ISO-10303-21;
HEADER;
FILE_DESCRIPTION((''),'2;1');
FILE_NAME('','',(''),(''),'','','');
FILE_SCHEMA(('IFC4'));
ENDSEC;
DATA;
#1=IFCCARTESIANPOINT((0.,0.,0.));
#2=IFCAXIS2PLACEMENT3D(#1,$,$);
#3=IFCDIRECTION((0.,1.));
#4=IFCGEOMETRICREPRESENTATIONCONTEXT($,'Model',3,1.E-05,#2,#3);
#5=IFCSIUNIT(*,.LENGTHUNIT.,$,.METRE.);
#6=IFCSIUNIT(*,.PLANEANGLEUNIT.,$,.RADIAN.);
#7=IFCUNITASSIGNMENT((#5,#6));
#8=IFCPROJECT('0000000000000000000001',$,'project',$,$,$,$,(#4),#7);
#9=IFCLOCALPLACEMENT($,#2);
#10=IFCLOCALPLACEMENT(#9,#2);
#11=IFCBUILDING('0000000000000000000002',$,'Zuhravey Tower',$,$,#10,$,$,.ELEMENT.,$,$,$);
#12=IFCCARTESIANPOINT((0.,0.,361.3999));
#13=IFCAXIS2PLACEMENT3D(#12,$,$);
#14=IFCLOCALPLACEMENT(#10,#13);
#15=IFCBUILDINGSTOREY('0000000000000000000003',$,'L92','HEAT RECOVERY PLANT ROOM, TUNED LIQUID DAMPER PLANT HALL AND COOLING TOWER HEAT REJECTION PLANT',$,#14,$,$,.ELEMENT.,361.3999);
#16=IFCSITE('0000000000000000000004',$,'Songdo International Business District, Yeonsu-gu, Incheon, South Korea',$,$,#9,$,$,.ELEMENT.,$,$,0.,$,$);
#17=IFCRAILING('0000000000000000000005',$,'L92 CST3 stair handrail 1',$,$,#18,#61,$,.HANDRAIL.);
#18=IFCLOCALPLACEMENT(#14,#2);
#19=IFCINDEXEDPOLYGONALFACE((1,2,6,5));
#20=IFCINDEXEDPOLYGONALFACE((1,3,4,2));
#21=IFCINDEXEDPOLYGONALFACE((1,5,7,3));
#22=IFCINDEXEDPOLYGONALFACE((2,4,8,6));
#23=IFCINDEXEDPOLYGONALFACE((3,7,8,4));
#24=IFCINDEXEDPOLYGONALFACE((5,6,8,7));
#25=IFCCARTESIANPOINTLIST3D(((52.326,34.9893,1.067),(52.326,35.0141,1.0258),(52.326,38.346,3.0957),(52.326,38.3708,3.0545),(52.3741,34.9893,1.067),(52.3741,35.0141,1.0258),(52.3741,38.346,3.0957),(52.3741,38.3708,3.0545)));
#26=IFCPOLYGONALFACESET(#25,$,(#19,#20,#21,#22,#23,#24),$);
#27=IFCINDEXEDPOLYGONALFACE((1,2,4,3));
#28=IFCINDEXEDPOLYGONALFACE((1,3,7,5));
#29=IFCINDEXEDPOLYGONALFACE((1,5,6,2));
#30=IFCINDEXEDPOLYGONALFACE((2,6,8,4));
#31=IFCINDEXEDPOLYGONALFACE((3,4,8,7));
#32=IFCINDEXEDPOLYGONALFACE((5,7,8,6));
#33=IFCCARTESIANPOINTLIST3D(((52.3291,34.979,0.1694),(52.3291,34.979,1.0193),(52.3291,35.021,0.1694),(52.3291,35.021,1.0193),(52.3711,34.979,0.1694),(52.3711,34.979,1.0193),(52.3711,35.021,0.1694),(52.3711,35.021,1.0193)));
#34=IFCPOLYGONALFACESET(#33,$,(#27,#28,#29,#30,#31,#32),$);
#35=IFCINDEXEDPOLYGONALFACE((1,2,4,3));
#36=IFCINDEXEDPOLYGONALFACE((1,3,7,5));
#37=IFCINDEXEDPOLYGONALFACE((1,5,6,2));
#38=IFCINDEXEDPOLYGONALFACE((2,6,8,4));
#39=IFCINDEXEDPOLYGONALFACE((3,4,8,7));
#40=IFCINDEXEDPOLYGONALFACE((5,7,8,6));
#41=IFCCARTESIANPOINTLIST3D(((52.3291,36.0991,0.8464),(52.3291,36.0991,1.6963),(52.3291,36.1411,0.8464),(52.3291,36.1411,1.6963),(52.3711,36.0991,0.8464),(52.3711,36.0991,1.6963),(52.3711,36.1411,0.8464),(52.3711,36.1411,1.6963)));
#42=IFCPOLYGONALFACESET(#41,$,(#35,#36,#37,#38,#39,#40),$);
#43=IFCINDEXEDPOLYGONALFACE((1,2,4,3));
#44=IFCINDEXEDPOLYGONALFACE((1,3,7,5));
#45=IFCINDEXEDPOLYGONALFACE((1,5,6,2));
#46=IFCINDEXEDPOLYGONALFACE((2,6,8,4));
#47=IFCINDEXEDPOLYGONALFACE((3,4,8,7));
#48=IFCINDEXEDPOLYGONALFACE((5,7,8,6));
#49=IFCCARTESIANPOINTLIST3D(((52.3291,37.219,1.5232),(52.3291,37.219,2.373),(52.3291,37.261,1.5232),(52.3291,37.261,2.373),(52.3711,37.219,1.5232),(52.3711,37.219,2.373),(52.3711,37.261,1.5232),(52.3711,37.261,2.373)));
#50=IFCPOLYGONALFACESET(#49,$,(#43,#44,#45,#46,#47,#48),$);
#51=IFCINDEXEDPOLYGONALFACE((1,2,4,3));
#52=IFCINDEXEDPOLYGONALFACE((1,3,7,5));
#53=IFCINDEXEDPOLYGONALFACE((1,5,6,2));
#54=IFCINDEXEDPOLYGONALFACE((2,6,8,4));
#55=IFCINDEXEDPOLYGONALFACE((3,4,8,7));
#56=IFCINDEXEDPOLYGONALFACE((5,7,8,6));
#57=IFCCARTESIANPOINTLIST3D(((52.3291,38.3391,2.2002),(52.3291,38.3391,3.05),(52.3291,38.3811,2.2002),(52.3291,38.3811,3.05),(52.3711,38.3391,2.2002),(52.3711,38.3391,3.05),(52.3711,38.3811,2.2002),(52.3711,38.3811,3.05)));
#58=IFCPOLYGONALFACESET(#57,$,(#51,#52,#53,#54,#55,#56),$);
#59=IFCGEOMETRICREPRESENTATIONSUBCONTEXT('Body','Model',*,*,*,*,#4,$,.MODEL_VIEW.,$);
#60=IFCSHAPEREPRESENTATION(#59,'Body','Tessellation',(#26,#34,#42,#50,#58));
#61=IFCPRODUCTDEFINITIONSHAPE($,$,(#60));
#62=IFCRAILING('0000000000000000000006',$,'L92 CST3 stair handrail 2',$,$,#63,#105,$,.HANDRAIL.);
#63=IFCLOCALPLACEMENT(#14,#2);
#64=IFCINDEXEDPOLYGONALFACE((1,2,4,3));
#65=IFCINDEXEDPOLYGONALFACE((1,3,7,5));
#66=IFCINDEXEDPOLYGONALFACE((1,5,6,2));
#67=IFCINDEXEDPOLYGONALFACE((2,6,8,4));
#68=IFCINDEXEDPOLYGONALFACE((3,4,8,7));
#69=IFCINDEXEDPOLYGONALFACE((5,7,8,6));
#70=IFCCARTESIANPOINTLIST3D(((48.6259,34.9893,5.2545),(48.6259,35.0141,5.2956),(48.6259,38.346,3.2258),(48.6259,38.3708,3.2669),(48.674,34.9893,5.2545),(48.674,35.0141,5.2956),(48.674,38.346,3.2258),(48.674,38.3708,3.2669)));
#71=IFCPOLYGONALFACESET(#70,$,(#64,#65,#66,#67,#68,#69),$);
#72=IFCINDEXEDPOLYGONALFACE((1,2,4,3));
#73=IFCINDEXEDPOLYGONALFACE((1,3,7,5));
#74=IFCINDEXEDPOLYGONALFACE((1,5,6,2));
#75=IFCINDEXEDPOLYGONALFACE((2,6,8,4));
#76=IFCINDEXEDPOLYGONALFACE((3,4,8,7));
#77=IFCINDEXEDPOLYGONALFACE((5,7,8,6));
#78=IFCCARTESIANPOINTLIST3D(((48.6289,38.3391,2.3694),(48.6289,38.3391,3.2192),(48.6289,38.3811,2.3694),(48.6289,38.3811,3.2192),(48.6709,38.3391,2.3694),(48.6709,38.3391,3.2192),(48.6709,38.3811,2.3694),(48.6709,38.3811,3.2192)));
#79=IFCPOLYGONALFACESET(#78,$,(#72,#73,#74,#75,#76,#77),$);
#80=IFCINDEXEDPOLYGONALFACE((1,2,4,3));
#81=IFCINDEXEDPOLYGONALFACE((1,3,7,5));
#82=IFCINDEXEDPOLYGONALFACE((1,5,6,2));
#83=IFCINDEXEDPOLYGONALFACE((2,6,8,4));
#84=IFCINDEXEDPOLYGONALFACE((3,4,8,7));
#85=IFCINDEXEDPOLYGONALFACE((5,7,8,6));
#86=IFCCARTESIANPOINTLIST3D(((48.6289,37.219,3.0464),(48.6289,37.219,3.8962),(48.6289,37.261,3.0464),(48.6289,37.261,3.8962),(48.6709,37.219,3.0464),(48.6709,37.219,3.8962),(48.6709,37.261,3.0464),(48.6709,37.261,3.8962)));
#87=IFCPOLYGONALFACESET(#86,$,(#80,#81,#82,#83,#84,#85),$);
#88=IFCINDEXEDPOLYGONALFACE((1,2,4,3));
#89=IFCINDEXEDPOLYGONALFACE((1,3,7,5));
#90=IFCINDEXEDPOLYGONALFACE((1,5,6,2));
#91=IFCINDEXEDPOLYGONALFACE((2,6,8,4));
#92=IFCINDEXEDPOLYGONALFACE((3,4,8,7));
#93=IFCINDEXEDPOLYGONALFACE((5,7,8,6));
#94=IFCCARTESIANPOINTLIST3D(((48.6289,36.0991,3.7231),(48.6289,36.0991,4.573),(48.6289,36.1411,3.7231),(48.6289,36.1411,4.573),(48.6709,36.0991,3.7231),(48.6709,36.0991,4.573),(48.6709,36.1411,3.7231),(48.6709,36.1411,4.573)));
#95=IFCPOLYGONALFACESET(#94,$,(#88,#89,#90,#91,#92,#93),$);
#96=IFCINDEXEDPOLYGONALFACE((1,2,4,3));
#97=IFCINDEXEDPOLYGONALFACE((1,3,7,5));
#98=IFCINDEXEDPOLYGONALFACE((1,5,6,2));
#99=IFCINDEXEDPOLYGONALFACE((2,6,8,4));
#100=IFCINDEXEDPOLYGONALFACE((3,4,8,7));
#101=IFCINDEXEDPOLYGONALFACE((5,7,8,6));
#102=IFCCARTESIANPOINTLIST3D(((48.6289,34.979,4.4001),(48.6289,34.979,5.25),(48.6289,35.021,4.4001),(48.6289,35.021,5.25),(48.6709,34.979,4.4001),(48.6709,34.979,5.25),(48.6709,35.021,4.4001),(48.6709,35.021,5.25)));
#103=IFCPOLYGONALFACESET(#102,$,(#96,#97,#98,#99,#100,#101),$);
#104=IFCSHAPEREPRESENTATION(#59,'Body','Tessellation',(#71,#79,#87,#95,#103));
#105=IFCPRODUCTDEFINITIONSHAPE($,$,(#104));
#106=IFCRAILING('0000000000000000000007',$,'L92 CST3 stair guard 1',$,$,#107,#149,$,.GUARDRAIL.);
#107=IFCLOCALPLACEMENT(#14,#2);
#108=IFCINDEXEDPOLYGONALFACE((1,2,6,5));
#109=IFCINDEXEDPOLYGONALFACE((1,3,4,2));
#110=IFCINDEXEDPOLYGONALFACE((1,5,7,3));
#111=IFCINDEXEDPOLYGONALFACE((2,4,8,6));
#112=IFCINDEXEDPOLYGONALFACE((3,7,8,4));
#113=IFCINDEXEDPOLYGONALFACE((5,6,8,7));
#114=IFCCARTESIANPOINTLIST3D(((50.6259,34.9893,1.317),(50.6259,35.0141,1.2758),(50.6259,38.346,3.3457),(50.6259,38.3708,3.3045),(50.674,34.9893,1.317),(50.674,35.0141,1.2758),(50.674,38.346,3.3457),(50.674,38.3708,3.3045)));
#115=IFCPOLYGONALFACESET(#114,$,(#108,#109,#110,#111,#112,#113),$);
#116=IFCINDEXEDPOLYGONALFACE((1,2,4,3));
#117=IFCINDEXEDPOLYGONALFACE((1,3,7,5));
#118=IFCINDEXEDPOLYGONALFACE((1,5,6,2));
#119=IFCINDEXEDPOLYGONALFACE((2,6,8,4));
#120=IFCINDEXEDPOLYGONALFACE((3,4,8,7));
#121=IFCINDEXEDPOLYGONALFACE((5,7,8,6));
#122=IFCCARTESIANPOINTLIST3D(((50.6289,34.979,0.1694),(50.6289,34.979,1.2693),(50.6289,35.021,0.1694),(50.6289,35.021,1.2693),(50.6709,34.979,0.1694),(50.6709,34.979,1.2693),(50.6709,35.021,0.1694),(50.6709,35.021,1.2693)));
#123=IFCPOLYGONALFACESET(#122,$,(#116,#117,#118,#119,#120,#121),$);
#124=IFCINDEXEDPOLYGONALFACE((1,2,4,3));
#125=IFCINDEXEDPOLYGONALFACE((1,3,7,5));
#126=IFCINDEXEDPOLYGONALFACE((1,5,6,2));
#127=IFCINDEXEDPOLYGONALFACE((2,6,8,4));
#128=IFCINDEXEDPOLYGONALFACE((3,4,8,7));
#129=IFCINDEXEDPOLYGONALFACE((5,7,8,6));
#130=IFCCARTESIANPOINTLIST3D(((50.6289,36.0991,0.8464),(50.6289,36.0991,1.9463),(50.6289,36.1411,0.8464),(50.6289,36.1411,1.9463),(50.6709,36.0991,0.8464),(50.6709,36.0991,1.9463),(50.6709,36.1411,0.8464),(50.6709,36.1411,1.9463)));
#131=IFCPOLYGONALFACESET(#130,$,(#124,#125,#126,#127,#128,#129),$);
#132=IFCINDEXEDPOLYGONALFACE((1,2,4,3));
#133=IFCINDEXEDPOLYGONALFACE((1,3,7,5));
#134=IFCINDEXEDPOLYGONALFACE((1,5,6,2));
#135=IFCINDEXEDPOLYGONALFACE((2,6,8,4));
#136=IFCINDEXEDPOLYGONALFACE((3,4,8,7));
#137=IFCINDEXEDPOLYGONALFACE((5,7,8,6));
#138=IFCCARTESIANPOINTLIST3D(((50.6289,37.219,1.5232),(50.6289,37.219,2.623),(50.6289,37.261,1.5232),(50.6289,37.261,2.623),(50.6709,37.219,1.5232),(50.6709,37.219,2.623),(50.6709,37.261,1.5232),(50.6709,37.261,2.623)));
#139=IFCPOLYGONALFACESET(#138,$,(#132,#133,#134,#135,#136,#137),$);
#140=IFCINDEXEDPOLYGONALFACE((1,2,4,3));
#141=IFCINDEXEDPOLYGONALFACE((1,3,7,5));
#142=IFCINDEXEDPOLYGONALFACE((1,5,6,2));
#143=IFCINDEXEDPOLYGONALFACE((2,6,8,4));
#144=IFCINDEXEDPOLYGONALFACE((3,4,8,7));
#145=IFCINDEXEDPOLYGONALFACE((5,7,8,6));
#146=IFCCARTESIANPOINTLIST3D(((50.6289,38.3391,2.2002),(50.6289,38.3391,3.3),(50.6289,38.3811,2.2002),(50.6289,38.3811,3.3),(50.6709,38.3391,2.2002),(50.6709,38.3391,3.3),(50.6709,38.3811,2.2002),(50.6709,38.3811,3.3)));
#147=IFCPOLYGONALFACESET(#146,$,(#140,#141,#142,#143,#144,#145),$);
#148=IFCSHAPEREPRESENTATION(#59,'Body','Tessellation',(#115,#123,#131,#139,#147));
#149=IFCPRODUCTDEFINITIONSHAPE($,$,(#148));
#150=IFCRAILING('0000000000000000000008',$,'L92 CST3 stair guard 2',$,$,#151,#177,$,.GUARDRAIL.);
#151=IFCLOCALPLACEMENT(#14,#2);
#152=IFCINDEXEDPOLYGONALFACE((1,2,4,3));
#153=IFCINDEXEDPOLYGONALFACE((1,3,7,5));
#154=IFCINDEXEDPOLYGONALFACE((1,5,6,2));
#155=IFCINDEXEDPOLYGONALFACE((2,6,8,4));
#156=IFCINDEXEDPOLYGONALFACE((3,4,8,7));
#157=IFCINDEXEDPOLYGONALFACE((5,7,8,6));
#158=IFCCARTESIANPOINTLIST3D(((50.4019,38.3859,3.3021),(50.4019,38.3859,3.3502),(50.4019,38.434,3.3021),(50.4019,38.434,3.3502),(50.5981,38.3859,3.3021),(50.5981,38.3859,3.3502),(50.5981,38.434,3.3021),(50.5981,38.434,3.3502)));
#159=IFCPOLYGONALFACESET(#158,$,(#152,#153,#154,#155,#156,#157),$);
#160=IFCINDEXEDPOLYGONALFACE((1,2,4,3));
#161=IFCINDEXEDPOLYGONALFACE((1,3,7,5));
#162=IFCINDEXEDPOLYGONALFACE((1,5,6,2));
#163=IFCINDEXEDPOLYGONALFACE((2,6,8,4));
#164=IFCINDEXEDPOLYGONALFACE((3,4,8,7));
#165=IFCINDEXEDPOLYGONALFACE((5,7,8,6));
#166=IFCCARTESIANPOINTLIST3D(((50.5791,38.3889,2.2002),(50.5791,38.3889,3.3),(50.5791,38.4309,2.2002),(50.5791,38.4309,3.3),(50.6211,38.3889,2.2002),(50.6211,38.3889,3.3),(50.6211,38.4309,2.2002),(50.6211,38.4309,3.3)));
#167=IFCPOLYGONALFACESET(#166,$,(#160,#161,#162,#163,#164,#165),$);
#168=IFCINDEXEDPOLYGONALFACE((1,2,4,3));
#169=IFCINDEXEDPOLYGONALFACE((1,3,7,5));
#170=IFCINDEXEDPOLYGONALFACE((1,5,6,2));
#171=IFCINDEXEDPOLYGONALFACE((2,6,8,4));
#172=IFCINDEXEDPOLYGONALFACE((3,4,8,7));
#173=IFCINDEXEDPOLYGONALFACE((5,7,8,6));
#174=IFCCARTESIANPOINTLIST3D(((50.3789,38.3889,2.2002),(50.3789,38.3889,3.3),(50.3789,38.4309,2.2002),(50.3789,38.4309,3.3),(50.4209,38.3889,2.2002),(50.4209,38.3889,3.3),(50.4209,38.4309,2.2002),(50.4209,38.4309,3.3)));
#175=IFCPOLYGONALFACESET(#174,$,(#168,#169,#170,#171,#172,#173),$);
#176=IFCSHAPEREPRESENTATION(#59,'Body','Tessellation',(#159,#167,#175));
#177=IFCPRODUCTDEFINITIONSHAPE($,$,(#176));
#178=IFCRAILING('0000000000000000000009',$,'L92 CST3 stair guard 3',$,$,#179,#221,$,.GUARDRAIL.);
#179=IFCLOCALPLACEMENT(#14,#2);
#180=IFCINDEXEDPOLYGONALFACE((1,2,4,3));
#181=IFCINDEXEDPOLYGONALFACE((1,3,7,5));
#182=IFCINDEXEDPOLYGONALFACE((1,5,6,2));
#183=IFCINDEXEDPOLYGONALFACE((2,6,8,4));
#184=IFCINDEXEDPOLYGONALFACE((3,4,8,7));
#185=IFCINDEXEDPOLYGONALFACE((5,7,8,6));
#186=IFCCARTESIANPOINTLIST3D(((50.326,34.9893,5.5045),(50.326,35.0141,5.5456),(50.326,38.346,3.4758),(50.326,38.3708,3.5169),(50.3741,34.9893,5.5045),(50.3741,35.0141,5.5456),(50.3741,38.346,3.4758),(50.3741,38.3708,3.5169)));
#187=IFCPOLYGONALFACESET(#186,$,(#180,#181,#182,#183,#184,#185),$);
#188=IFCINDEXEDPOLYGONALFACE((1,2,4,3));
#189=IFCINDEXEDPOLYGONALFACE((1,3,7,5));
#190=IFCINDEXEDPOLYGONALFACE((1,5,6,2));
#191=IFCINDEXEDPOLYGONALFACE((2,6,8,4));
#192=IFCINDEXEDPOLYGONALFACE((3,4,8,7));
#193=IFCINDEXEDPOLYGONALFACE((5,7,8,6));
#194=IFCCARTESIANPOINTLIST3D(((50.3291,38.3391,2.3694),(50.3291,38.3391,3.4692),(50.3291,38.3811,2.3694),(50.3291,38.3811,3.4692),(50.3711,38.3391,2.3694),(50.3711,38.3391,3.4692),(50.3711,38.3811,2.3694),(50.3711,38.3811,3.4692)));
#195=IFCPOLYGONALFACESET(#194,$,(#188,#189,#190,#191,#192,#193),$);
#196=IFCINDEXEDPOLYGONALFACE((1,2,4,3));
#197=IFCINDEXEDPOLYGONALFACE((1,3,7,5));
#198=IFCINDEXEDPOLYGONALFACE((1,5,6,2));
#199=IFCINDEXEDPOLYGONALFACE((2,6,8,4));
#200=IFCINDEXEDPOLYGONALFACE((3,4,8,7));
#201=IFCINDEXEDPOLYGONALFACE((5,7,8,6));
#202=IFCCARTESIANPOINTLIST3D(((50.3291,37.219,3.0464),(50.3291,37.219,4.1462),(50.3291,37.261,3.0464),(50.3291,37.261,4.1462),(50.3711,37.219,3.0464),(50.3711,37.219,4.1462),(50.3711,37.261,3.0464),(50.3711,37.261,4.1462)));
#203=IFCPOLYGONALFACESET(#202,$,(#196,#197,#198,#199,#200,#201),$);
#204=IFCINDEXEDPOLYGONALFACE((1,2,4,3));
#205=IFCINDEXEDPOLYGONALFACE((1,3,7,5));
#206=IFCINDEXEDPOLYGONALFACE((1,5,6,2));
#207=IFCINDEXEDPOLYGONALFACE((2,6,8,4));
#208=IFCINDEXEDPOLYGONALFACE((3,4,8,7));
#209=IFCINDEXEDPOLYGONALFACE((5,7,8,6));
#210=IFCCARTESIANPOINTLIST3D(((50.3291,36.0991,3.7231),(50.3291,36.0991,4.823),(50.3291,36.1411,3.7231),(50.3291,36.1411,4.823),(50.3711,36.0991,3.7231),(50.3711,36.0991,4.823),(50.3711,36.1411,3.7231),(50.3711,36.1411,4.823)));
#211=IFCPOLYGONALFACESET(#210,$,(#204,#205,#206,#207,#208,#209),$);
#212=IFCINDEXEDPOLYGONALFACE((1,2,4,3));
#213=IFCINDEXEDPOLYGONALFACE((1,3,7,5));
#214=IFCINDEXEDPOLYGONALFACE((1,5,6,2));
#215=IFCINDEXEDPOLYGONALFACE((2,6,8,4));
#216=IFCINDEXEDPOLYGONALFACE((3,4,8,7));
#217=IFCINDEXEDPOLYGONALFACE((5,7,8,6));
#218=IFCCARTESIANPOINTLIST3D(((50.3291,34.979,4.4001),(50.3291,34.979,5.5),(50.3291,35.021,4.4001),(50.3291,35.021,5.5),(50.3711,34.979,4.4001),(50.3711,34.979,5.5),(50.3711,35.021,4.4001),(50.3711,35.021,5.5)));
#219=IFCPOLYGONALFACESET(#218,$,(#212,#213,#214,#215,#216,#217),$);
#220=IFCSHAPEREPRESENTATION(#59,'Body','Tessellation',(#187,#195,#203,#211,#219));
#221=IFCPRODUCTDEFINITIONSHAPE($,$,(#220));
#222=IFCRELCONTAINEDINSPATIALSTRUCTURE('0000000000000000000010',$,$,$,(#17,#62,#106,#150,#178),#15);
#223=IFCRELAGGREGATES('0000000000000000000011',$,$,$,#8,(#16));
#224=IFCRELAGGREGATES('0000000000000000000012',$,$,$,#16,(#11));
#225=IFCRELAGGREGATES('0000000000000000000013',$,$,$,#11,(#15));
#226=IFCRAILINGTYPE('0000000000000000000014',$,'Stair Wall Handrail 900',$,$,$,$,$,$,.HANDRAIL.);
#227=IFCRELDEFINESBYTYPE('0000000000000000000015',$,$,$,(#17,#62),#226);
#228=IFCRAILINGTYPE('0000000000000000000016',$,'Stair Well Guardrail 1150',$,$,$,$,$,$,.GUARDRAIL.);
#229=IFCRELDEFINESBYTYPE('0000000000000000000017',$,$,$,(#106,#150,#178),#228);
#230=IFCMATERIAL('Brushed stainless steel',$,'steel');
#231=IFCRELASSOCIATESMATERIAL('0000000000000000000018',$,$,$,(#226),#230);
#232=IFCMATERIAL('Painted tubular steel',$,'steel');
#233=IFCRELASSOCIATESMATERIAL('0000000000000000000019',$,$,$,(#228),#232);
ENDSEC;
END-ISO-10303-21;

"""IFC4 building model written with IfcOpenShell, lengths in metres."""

from ifc_helpers import new_model, si_unit, direction, frame, origin, origin_2d, place, context, subcontext, project, spatial, rectangle, extrude, material, type_object, element, save


model = new_model("IFC4")

# Units and contexts
model_context = context("Model", 3, precision=1e-05, world=origin(), true_north=direction((0.0, 1.0)))
body_context = subcontext(model_context, "Body", "Model", "MODEL_VIEW")
ifc_project = project(units=[si_unit("LENGTHUNIT", "METRE"), si_unit("PLANEANGLEUNIT", "RADIAN")], contexts=[model_context])

# Site, building, storey
site_placement = place(None, origin())
site = spatial("IfcSite", under=ifc_project, at=site_placement, Name="Songdo International Business District, Yeonsu-gu, Incheon, South Korea", CompositionType="ELEMENT", RefElevation=0.0)
building_placement = place(site_placement, origin())
building = spatial("IfcBuilding", under=site, at=building_placement, Name="Zuhravey Tower", CompositionType="ELEMENT")
storey_placement = place(building_placement, frame((0.0, 0.0, 361.3999)))
storey = spatial("IfcBuildingStorey", under=building, at=storey_placement, Name="L92", Description="HEAT RECOVERY PLANT ROOM, TUNED LIQUID DAMPER PLANT HALL AND COOLING TOWER HEAT REJECTION PLANT", CompositionType="ELEMENT", Elevation=361.3999)

# Railings
ifc_material_1 = material(Name="Brushed stainless steel", Category="steel")
railing_type_1 = type_object("IfcRailingType", Name="Stair Wall Handrail 900", PredefinedType="HANDRAIL", material=ifc_material_1)
railing_1_placement = place(storey_placement, frame((52.3501, 35.0, 0.1694)))
element("IfcRailing", 1, at=railing_1_placement, inside=storey, type_object=railing_type_1, Name="L92 CST3 stair handrail 1", PredefinedType="HANDRAIL", context=body_context, shape_type="SweptSolid", body=[
    extrude(rectangle(XDim=0.0481, YDim=0.0481, at=origin_2d()), frame((0.0, 0.0017, 0.877), z_axis=(0.0, 0.855837, 0.517246), x_axis=(-1.0, 0.0, 0.0)), (0.0, 0.0, 1.0), 3.9221),
    extrude(rectangle(XDim=0.042, YDim=0.042, at=origin_2d()), origin(), (0.0, 0.0, 1.0), 0.8499),
    extrude(rectangle(XDim=0.042, YDim=0.042, at=origin_2d()), frame((0.0, 1.1201, 0.677)), (0.0, 0.0, 1.0), 0.8499),
    extrude(rectangle(XDim=0.042, YDim=0.042, at=origin_2d()), frame((0.0, 2.24, 1.3538)), (0.0, 0.0, 1.0), 0.8499),
    extrude(rectangle(XDim=0.042, YDim=0.042, at=origin_2d()), frame((0.0, 3.3601, 2.0308)), (0.0, 0.0, 1.0), 0.8499),
])
railing_2_placement = place(storey_placement, frame((48.6499, 38.3601, 2.3694)))
element("IfcRailing", 2, at=railing_2_placement, inside=storey, type_object=railing_type_1, Name="L92 CST3 stair handrail 2", PredefinedType="HANDRAIL", context=body_context, shape_type="SweptSolid", body=[
    extrude(rectangle(XDim=0.0481, YDim=0.0481, at=origin_2d()), frame((0.0, -0.0017, 0.877), z_axis=(0.0, -0.855837, 0.517246), x_axis=(1.0, 0.0, 0.0)), (0.0, 0.0, 1.0), 3.9221),
    extrude(rectangle(XDim=0.042, YDim=0.042, at=origin_2d()), origin(), (0.0, 0.0, 1.0), 0.8499),
    extrude(rectangle(XDim=0.042, YDim=0.042, at=origin_2d()), frame((0.0, -1.1201, 0.677)), (0.0, 0.0, 1.0), 0.8499),
    extrude(rectangle(XDim=0.042, YDim=0.042, at=origin_2d()), frame((0.0, -2.24, 1.3538)), (0.0, 0.0, 1.0), 0.8499),
    extrude(rectangle(XDim=0.042, YDim=0.042, at=origin_2d()), frame((0.0, -3.3601, 2.0308)), (0.0, 0.0, 1.0), 0.8499),
])
ifc_material_2 = material(Name="Painted tubular steel", Category="steel")
railing_type_2 = type_object("IfcRailingType", Name="Stair Well Guardrail 1150", PredefinedType="GUARDRAIL", material=ifc_material_2)
railing_3_placement = place(storey_placement, frame((50.6499, 35.0, 0.1694)))
element("IfcRailing", 3, at=railing_3_placement, inside=storey, type_object=railing_type_2, Name="L92 CST3 stair guard 1", PredefinedType="GUARDRAIL", context=body_context, shape_type="SweptSolid", body=[
    extrude(rectangle(XDim=0.0481, YDim=0.0481, at=origin_2d()), frame((0.0, 0.0017, 1.127), z_axis=(0.0, 0.855837, 0.517246), x_axis=(-1.0, 0.0, 0.0)), (0.0, 0.0, 1.0), 3.9221),
    extrude(rectangle(XDim=0.042, YDim=0.042, at=origin_2d()), origin(), (0.0, 0.0, 1.0), 1.0999),
    extrude(rectangle(XDim=0.042, YDim=0.042, at=origin_2d()), frame((0.0, 1.1201, 0.677)), (0.0, 0.0, 1.0), 1.0999),
    extrude(rectangle(XDim=0.042, YDim=0.042, at=origin_2d()), frame((0.0, 2.24, 1.3538)), (0.0, 0.0, 1.0), 1.0999),
    extrude(rectangle(XDim=0.042, YDim=0.042, at=origin_2d()), frame((0.0, 3.3601, 2.0308)), (0.0, 0.0, 1.0), 1.0999),
])
railing_4_placement = place(storey_placement, frame((50.6001, 38.4099, 2.2002)))
element("IfcRailing", 4, at=railing_4_placement, inside=storey, type_object=railing_type_2, Name="L92 CST3 stair guard 2", PredefinedType="GUARDRAIL", context=body_context, shape_type="SweptSolid", body=[
    extrude(rectangle(XDim=0.0481, YDim=0.0481, at=origin_2d()), frame((-0.002, 0.0, 1.126), z_axis=(-1.0, 0.0, 0.0), x_axis=(0.0, -1.0, 0.0)), (0.0, 0.0, 1.0), 0.1963),
    extrude(rectangle(XDim=0.042, YDim=0.042, at=origin_2d()), origin(), (0.0, 0.0, 1.0), 1.0999),
    extrude(rectangle(XDim=0.042, YDim=0.042, at=origin_2d()), frame((-0.2002, 0.0, 0.0)), (0.0, 0.0, 1.0), 1.0999),
])
railing_5_placement = place(storey_placement, frame((50.3501, 38.3601, 2.3694)))
element("IfcRailing", 5, at=railing_5_placement, inside=storey, type_object=railing_type_2, Name="L92 CST3 stair guard 3", PredefinedType="GUARDRAIL", context=body_context, shape_type="SweptSolid", body=[
    extrude(rectangle(XDim=0.0481, YDim=0.0481, at=origin_2d()), frame((0.0, -0.0017, 1.127), z_axis=(0.0, -0.855837, 0.517246), x_axis=(1.0, 0.0, 0.0)), (0.0, 0.0, 1.0), 3.9221),
    extrude(rectangle(XDim=0.042, YDim=0.042, at=origin_2d()), origin(), (0.0, 0.0, 1.0), 1.0999),
    extrude(rectangle(XDim=0.042, YDim=0.042, at=origin_2d()), frame((0.0, -1.1201, 0.677)), (0.0, 0.0, 1.0), 1.0999),
    extrude(rectangle(XDim=0.042, YDim=0.042, at=origin_2d()), frame((0.0, -2.24, 1.3538)), (0.0, 0.0, 1.0), 1.0999),
    extrude(rectangle(XDim=0.042, YDim=0.042, at=origin_2d()), frame((0.0, -3.3601, 2.0308)), (0.0, 0.0, 1.0), 1.0999),
])

save(model, "model.ifc")
